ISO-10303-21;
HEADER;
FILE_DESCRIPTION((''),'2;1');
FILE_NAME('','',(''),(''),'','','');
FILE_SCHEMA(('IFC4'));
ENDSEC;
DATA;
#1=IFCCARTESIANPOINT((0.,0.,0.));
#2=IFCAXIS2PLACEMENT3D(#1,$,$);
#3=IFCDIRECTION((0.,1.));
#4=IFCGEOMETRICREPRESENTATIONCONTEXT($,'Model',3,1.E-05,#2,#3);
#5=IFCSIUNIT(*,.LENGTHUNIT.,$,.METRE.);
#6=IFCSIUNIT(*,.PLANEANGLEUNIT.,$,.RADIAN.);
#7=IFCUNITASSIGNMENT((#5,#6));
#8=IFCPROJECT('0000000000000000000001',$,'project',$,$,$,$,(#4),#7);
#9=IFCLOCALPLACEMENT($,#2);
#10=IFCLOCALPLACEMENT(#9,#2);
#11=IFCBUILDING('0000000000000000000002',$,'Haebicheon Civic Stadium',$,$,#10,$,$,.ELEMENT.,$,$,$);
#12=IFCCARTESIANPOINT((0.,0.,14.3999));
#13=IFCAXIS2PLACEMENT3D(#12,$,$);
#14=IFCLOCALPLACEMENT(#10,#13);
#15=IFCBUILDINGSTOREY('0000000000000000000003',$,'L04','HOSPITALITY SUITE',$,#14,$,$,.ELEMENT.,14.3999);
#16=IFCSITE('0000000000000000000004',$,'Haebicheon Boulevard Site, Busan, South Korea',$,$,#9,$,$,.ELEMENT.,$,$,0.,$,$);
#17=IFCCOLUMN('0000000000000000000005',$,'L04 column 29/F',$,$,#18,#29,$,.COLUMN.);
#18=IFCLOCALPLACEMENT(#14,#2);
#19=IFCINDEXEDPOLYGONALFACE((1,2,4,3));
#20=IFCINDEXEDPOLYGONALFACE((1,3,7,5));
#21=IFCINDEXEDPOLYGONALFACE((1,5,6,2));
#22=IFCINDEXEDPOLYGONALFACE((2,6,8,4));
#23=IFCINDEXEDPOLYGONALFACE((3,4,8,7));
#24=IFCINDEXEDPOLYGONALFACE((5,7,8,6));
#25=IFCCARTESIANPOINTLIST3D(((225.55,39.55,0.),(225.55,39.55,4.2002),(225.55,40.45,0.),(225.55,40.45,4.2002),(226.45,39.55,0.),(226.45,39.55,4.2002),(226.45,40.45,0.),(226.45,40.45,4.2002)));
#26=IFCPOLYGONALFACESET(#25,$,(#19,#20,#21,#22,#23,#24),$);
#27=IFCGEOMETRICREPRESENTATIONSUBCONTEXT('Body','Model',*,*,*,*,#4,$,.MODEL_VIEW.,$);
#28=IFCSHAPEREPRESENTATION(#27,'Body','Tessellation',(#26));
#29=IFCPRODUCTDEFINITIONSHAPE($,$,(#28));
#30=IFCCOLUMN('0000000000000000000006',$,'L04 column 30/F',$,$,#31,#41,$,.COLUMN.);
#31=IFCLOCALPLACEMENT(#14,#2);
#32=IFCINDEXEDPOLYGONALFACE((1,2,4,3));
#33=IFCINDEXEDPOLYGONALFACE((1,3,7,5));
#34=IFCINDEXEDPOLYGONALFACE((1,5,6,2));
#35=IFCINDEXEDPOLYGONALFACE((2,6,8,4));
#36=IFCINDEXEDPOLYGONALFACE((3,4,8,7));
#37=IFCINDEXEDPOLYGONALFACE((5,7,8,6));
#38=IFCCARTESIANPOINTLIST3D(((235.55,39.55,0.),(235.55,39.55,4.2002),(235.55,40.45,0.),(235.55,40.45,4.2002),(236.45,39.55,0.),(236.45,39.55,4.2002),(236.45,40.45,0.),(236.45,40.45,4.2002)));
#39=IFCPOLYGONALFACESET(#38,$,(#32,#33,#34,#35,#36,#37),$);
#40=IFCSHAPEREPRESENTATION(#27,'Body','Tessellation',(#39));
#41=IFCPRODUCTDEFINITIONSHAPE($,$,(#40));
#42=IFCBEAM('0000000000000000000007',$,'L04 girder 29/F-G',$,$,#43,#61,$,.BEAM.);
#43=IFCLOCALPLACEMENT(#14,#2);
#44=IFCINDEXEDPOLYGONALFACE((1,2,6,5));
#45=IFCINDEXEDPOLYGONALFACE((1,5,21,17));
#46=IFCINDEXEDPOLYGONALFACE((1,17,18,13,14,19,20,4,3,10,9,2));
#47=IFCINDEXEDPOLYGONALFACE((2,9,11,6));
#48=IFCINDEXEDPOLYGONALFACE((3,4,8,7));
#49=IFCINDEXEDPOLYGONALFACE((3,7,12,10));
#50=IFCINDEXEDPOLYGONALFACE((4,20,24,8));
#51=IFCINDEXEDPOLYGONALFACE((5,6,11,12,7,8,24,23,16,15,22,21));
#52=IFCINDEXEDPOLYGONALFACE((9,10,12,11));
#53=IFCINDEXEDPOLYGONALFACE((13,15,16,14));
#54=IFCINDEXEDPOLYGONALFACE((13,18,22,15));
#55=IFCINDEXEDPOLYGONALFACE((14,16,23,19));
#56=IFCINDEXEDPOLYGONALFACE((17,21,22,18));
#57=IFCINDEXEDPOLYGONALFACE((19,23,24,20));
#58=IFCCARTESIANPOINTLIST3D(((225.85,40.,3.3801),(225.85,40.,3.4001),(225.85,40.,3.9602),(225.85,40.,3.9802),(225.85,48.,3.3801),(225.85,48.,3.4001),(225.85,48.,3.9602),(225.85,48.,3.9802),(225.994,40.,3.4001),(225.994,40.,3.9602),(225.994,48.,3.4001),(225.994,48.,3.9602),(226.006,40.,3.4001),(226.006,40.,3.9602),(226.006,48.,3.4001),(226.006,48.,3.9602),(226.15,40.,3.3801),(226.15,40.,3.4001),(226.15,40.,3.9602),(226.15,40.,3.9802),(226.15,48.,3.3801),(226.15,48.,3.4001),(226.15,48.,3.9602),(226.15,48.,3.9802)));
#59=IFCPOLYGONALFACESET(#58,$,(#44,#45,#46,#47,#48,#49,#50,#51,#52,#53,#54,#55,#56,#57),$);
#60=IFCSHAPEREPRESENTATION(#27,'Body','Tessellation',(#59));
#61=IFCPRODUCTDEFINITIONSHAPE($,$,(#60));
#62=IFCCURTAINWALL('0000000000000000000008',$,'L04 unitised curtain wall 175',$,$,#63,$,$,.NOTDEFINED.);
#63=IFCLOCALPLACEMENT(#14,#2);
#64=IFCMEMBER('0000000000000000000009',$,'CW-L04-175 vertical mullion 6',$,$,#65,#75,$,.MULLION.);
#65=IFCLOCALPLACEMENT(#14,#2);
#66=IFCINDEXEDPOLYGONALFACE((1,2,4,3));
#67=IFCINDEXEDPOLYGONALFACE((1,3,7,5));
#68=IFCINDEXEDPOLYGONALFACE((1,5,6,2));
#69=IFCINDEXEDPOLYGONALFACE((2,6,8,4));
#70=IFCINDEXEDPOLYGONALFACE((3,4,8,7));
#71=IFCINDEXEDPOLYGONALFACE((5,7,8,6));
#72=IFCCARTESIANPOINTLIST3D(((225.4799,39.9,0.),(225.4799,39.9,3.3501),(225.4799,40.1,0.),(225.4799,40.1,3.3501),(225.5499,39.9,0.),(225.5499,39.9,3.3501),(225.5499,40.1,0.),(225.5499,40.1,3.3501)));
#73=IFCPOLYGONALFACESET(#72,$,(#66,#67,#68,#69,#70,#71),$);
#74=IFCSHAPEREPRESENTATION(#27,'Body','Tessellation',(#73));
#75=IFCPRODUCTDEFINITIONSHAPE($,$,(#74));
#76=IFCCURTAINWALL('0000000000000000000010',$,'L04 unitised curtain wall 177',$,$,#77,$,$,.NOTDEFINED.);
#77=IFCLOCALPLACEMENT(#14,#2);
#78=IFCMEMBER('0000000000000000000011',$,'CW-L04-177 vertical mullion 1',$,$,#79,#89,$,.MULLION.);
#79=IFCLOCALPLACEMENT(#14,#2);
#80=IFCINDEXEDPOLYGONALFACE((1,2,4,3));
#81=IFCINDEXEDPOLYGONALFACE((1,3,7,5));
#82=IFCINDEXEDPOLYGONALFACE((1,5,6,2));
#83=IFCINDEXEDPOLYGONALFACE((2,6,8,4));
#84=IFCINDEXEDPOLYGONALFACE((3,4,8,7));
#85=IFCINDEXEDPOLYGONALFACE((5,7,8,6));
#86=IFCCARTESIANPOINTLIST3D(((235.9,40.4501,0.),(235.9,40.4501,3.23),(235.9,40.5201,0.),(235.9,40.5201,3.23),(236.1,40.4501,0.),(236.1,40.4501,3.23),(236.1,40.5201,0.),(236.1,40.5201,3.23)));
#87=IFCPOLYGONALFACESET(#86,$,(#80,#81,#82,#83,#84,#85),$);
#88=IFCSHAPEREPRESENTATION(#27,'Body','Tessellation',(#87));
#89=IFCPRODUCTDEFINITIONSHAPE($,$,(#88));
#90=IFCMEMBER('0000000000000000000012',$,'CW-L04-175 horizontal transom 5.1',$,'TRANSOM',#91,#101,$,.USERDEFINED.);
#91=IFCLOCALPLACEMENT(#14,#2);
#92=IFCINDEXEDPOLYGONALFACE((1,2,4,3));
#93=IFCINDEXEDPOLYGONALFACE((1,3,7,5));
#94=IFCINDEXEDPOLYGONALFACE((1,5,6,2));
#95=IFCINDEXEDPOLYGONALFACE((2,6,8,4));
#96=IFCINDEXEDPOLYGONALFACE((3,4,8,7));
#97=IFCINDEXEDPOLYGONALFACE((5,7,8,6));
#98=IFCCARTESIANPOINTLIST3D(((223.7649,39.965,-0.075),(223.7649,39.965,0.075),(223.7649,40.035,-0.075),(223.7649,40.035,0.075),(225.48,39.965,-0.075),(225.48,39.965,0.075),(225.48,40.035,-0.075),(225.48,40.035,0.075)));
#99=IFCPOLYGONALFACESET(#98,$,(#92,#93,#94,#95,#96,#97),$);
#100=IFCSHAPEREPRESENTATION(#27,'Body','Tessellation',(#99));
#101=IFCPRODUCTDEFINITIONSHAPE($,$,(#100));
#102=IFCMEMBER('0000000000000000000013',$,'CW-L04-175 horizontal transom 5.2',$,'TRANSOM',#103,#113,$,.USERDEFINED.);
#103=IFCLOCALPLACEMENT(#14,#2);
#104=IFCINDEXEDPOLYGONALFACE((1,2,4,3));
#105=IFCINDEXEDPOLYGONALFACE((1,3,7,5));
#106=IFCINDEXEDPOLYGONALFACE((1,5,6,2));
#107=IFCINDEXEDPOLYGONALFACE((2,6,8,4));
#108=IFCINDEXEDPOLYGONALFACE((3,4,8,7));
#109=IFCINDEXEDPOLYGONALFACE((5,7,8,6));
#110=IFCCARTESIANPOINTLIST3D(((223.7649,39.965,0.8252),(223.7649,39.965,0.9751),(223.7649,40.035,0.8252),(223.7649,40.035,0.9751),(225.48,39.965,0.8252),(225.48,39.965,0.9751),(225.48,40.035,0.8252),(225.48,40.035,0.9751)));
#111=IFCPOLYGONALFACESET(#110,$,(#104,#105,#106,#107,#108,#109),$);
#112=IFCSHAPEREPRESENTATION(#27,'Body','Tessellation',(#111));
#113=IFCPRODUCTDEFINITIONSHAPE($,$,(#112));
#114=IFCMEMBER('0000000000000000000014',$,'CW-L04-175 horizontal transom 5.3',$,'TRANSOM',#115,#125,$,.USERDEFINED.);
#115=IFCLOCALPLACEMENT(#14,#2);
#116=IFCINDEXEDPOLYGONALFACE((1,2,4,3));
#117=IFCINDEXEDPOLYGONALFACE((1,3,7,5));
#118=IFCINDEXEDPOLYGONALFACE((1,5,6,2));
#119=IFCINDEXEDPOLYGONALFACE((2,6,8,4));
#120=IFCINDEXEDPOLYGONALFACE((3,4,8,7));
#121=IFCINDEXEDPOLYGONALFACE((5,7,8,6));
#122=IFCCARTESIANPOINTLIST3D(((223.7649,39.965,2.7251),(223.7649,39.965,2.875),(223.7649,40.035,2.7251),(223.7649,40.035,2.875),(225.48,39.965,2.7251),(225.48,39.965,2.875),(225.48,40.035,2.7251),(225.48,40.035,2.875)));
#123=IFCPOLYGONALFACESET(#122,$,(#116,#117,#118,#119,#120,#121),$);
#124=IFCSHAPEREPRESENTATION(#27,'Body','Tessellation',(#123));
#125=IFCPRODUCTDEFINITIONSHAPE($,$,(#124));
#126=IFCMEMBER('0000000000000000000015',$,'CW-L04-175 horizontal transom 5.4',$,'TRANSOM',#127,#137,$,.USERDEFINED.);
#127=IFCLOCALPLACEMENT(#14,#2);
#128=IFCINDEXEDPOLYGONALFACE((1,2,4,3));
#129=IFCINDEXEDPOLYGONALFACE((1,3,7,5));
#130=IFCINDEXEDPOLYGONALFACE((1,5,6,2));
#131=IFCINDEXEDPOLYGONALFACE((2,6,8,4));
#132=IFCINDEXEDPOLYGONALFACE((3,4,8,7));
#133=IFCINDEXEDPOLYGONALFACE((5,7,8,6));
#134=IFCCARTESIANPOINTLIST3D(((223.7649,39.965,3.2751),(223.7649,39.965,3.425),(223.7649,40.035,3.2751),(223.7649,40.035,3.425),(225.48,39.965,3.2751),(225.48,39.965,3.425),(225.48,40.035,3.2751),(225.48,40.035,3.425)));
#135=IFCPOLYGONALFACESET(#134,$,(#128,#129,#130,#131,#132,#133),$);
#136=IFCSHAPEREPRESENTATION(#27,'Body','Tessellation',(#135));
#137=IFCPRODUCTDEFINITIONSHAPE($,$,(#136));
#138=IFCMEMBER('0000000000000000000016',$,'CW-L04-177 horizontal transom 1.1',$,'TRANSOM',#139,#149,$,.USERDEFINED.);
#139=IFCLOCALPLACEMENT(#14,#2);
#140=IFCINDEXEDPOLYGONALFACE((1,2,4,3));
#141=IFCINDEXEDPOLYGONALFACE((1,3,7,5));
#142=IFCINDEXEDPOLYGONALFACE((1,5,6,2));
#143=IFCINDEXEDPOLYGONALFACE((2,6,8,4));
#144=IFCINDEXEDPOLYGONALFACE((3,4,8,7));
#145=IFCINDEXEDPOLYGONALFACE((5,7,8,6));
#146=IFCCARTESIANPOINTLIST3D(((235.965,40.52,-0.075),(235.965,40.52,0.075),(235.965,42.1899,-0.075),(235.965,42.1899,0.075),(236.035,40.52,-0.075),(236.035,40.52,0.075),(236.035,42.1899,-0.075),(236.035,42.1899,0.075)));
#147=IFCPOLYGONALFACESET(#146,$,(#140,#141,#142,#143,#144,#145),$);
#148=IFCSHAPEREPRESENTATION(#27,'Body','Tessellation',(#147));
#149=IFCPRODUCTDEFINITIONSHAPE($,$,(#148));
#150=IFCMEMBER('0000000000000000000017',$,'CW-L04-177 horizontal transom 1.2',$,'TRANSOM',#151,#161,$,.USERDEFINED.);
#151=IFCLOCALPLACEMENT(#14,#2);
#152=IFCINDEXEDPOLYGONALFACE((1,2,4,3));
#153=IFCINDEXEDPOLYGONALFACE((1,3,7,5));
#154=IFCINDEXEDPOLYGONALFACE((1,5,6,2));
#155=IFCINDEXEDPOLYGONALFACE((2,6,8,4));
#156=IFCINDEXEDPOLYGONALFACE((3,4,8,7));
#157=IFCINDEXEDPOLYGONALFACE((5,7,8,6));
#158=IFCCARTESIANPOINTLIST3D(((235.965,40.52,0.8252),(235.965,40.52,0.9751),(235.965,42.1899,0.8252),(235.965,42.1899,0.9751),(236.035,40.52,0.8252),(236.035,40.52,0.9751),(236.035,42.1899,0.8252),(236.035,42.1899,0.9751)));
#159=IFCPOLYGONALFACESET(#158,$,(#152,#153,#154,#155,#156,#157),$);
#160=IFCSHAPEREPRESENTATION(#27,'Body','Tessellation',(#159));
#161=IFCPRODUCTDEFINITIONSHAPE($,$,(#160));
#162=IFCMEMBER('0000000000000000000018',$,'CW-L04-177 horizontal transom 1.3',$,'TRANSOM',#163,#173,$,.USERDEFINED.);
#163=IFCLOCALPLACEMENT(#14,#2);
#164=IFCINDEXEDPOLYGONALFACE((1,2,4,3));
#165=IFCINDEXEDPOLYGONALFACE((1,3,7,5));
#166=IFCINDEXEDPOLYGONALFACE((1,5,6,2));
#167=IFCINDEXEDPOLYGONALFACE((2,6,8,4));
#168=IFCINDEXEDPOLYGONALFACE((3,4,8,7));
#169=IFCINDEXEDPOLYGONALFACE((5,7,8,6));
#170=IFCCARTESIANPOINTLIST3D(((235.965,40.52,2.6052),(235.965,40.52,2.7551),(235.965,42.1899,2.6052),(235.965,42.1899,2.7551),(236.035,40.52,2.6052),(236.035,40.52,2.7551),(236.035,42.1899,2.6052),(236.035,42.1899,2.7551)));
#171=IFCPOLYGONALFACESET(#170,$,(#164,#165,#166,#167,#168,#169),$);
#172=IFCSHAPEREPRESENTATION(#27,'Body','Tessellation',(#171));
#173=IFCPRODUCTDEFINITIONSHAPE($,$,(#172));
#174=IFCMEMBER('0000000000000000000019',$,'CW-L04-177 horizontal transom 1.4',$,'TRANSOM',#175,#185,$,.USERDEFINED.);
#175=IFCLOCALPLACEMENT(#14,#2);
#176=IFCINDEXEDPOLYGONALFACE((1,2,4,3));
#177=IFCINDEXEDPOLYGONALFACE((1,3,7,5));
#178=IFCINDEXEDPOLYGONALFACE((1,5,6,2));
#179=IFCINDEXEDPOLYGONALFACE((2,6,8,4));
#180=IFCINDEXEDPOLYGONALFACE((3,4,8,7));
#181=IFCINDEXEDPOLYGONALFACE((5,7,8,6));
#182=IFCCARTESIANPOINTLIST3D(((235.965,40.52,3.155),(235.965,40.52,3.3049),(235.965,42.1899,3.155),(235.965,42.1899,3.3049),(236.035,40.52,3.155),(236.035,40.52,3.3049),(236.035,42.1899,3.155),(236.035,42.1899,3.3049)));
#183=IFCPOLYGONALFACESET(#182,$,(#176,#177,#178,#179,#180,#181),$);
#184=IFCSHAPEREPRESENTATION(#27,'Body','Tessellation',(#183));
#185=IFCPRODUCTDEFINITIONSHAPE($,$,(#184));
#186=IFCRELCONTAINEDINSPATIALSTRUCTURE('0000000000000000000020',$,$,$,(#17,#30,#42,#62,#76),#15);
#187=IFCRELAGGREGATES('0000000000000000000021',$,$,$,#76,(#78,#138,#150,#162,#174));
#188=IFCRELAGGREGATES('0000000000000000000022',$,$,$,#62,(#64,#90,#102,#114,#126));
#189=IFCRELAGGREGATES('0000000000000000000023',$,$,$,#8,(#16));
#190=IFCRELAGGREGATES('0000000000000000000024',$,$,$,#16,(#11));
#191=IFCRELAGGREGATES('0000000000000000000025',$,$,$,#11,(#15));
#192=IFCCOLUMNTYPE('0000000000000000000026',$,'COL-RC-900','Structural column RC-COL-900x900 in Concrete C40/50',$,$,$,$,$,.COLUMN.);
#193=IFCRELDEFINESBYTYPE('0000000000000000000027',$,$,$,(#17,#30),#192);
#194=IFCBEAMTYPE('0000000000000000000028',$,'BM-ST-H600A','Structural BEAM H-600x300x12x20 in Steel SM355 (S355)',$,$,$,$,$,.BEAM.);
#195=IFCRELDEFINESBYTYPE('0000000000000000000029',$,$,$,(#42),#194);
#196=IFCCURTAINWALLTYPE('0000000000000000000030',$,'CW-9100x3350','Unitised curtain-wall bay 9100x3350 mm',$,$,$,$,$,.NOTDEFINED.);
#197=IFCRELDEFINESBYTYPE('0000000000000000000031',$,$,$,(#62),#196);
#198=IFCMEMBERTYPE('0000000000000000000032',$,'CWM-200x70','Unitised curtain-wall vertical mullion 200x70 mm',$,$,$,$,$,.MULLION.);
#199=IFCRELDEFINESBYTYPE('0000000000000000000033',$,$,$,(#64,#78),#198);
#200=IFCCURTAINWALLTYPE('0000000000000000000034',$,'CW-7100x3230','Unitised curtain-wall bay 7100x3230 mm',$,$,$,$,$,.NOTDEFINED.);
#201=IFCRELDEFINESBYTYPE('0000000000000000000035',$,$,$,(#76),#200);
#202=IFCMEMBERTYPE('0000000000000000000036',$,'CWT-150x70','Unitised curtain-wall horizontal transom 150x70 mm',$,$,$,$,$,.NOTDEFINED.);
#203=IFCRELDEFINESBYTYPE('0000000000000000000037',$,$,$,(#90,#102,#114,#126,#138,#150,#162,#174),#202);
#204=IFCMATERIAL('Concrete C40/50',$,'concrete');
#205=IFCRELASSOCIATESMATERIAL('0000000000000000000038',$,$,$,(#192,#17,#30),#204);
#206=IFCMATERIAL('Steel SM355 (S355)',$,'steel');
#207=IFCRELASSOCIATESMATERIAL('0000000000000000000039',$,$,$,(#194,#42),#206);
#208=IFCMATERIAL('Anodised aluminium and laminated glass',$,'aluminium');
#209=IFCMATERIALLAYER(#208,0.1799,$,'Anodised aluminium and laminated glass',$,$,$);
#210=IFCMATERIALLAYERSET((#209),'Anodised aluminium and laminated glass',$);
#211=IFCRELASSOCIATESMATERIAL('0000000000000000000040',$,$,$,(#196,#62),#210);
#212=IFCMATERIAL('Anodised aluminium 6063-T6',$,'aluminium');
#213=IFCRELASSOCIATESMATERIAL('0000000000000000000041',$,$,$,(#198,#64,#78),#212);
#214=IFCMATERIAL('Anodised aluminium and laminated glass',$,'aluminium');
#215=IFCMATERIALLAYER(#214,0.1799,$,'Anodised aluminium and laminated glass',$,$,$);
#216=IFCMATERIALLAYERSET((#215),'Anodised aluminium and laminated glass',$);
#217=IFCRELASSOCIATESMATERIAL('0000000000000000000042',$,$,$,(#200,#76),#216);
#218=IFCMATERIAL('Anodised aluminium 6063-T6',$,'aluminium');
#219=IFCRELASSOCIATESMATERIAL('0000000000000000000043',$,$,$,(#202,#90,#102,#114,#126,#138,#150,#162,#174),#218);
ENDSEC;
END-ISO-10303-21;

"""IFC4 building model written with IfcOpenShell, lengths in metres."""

from ifc_helpers import new_model, si_unit, direction, frame, origin, origin_2d, place, context, subcontext, project, spatial, rectangle, i_section, extrude, material, layer, layer_set, material_profile, profile_set, type_object, element, aggregate, save


model = new_model("IFC4")

# Units and contexts
model_context = context("Model", 3, precision=1e-05, world=origin(), true_north=direction((0.0, 1.0)))
body_context = subcontext(model_context, "Body", "Model", "MODEL_VIEW")
ifc_project = project(units=[si_unit("LENGTHUNIT", "METRE"), si_unit("PLANEANGLEUNIT", "RADIAN")], contexts=[model_context])

# Site, building, storey
site_placement = place(None, origin())
site = spatial("IfcSite", under=ifc_project, at=site_placement, Name="Haebicheon Boulevard Site, Busan, South Korea", CompositionType="ELEMENT", RefElevation=0.0)
building_placement = place(site_placement, origin())
building = spatial("IfcBuilding", under=site, at=building_placement, Name="Haebicheon Civic Stadium", CompositionType="ELEMENT")
storey_placement = place(building_placement, frame((0.0, 0.0, 14.3999)))
storey = spatial("IfcBuildingStorey", under=building, at=storey_placement, Name="L04", Description="HOSPITALITY SUITE", CompositionType="ELEMENT", Elevation=14.3999)

# Columns
ifc_material_1 = material(Name="Concrete C40/50", Category="concrete")
ifc_material_profile_1 = material_profile(ifc_material_1, rectangle(XDim=0.8999, YDim=0.8999, at=origin_2d()), Name="RC-COL-900x900")
ifc_profile_set_1 = profile_set([ifc_material_profile_1], Name="Concrete C40/50")
column_type = type_object("IfcColumnType", Name="COL-RC-900", Description="Structural column RC-COL-900x900 in Concrete C40/50", PredefinedType="COLUMN", material=ifc_profile_set_1)
for number, where, z_axis, x_axis, name in (
    (1, (226.0, 40.0, 0.0), (0.0, 0.0, 1.0), (1.0, 0.0, 0.0), "L04 column 29/F"),
    (2, (236.0, 40.0, 0.0), (0.0, 0.0, 1.0), (1.0, 0.0, 0.0), "L04 column 30/F"),
):
    element("IfcColumn", number, at=place(storey_placement, frame(where, z_axis=z_axis, x_axis=x_axis)), inside=storey, type_object=column_type, material=ifc_profile_set_1, Name=name, PredefinedType="COLUMN", context=body_context, shape_type="SweptSolid", body=[
        extrude(rectangle(XDim=0.8999, YDim=0.8999, at=origin_2d()), origin(), (0.0, 0.0, 1.0), 4.2002),
    ])

# Beam
ifc_material_2 = material(Name="Steel SM355 (S355)", Category="steel")
ifc_material_profile_2 = material_profile(ifc_material_2, i_section(OverallWidth=0.3, OverallDepth=0.6001, WebThickness=0.012, FlangeThickness=0.02, at=origin_2d()), Name="H-600x300x12x20")
ifc_profile_set_2 = profile_set([ifc_material_profile_2], Name="Steel SM355 (S355)")
beam_type_1 = type_object("IfcBeamType", Name="BM-ST-H600A", Description="Structural BEAM H-600x300x12x20 in Steel SM355 (S355)", PredefinedType="BEAM", material=ifc_profile_set_2)
beam_1_placement = place(storey_placement, frame((226.0, 40.0, 3.6802), z_axis=(0.0, 1.0, 0.0), x_axis=(-1.0, 0.0, 0.0)))
element("IfcBeam", 3, at=beam_1_placement, inside=storey, type_object=beam_type_1, material=ifc_profile_set_2, Name="L04 girder 29/F-G", PredefinedType="BEAM", context=body_context, shape_type="SweptSolid", body=[
    extrude(i_section(OverallWidth=0.3, OverallDepth=0.6001, WebThickness=0.012, FlangeThickness=0.02, at=origin_2d()), origin(), (0.0, 0.0, 1.0), 8.0),
])

# Curtain walls, members
ifc_material_3 = material(Name="Anodised aluminium and laminated glass", Category="aluminium")
ifc_layer_1 = layer(ifc_material_3, 0.1799, Name="Anodised aluminium and laminated glass")
ifc_layer_set_1 = layer_set([ifc_layer_1], Name="Anodised aluminium and laminated glass")
curtain_wall_type_1 = type_object("IfcCurtainWallType", Name="CW-9100x3350", Description="Unitised curtain-wall bay 9100x3350 mm", PredefinedType="NOTDEFINED", material=ifc_layer_set_1)
curtain_wall_1_placement = place(storey_placement, origin())
curtain_wall_1 = element("IfcCurtainWall", 4, at=curtain_wall_1_placement, inside=storey, type_object=curtain_wall_type_1, material=ifc_layer_set_1, Name="L04 unitised curtain wall 175", PredefinedType="NOTDEFINED")
ifc_material_4 = material(Name="Anodised aluminium 6063-T6", Category="aluminium")
ifc_material_profile_3 = material_profile(ifc_material_4, rectangle(XDim=0.0701, YDim=0.2, at=origin_2d()), Name="ALU-MULL-70x200")
ifc_profile_set_3 = profile_set([ifc_material_profile_3], Name="Anodised aluminium 6063-T6")
member_type_1 = type_object("IfcMemberType", Name="CWM-200x70", Description="Unitised curtain-wall vertical mullion 200x70 mm", PredefinedType="MULLION", material=ifc_profile_set_3)
member_1_placement = place(storey_placement, frame((225.5149, 40.0, 0.0), z_axis=(0.0, 0.0, 1.0), x_axis=(1.0, 0.0, 0.0)))
member_1 = element("IfcMember", 5, at=member_1_placement, type_object=member_type_1, material=ifc_profile_set_3, Name="CW-L04-175 vertical mullion 6", PredefinedType="MULLION", context=body_context, shape_type="SweptSolid", body=[
    extrude(rectangle(XDim=0.0701, YDim=0.2, at=origin_2d()), origin(), (0.0, 0.0, 1.0), 3.3501),
])
ifc_material_5 = material(Name="Anodised aluminium and laminated glass", Category="aluminium")
ifc_layer_2 = layer(ifc_material_5, 0.1799, Name="Anodised aluminium and laminated glass")
ifc_layer_set_2 = layer_set([ifc_layer_2], Name="Anodised aluminium and laminated glass")
curtain_wall_type_2 = type_object("IfcCurtainWallType", Name="CW-7100x3230", Description="Unitised curtain-wall bay 7100x3230 mm", PredefinedType="NOTDEFINED", material=ifc_layer_set_2)
curtain_wall_2_placement = place(storey_placement, origin())
curtain_wall_2 = element("IfcCurtainWall", 6, at=curtain_wall_2_placement, inside=storey, type_object=curtain_wall_type_2, material=ifc_layer_set_2, Name="L04 unitised curtain wall 177", PredefinedType="NOTDEFINED")
member_2_placement = place(storey_placement, frame((236.0, 40.4851, 0.0), z_axis=(0.0, 0.0, 1.0), x_axis=(0.0, 1.0, 0.0)))
member_2 = element("IfcMember", 7, at=member_2_placement, type_object=member_type_1, material=ifc_profile_set_3, Name="CW-L04-177 vertical mullion 1", PredefinedType="MULLION", context=body_context, shape_type="SweptSolid", body=[
    extrude(rectangle(XDim=0.0701, YDim=0.2, at=origin_2d()), origin(), (0.0, 0.0, 1.0), 3.23),
])

# Members
ifc_material_6 = material(Name="Anodised aluminium 6063-T6", Category="aluminium")
ifc_material_profile_4 = material_profile(ifc_material_6, rectangle(XDim=0.0701, YDim=0.1499, at=origin_2d()), Name="ALU-TRAN-70x150")
ifc_profile_set_4 = profile_set([ifc_material_profile_4], Name="Anodised aluminium 6063-T6")
member_type_2 = type_object("IfcMemberType", Name="CWT-150x70", Description="Unitised curtain-wall horizontal transom 150x70 mm", PredefinedType="NOTDEFINED", material=ifc_profile_set_4)
member_3_placement = place(storey_placement, frame((223.7649, 40.0, 0.0), z_axis=(1.0, 0.0, 0.0), x_axis=(0.0, 1.0, 0.0)))
member_3 = element("IfcMember", 8, at=member_3_placement, type_object=member_type_2, material=ifc_profile_set_4, Name="CW-L04-175 horizontal transom 5.1", ObjectType="TRANSOM", PredefinedType="USERDEFINED", context=body_context, shape_type="SweptSolid", body=[
    extrude(rectangle(XDim=0.0701, YDim=0.1499, at=origin_2d()), origin(), (0.0, 0.0, 1.0), 1.7151),
])
member_4_placement = place(storey_placement, frame((223.7649, 40.0, 0.9001), z_axis=(1.0, 0.0, 0.0), x_axis=(0.0, 1.0, 0.0)))
member_4 = element("IfcMember", 9, at=member_4_placement, type_object=member_type_2, material=ifc_profile_set_4, Name="CW-L04-175 horizontal transom 5.2", ObjectType="TRANSOM", PredefinedType="USERDEFINED", context=body_context, shape_type="SweptSolid", body=[
    extrude(rectangle(XDim=0.0701, YDim=0.1499, at=origin_2d()), origin(), (0.0, 0.0, 1.0), 1.7151),
])
member_5_placement = place(storey_placement, frame((223.7649, 40.0, 2.8), z_axis=(1.0, 0.0, 0.0), x_axis=(0.0, 1.0, 0.0)))
member_5 = element("IfcMember", 10, at=member_5_placement, type_object=member_type_2, material=ifc_profile_set_4, Name="CW-L04-175 horizontal transom 5.3", ObjectType="TRANSOM", PredefinedType="USERDEFINED", context=body_context, shape_type="SweptSolid", body=[
    extrude(rectangle(XDim=0.0701, YDim=0.1499, at=origin_2d()), origin(), (0.0, 0.0, 1.0), 1.7151),
])
member_6_placement = place(storey_placement, frame((223.7649, 40.0, 3.3501), z_axis=(1.0, 0.0, 0.0), x_axis=(0.0, 1.0, 0.0)))
member_6 = element("IfcMember", 11, at=member_6_placement, type_object=member_type_2, material=ifc_profile_set_4, Name="CW-L04-175 horizontal transom 5.4", ObjectType="TRANSOM", PredefinedType="USERDEFINED", context=body_context, shape_type="SweptSolid", body=[
    extrude(rectangle(XDim=0.0701, YDim=0.1499, at=origin_2d()), origin(), (0.0, 0.0, 1.0), 1.7151),
])
member_7_placement = place(storey_placement, frame((236.0, 40.52, 0.0), z_axis=(0.0, 1.0, 0.0), x_axis=(-1.0, 0.0, 0.0)))
member_7 = element("IfcMember", 12, at=member_7_placement, type_object=member_type_2, material=ifc_profile_set_4, Name="CW-L04-177 horizontal transom 1.1", ObjectType="TRANSOM", PredefinedType="USERDEFINED", context=body_context, shape_type="SweptSolid", body=[
    extrude(rectangle(XDim=0.0701, YDim=0.1499, at=origin_2d()), origin(), (0.0, 0.0, 1.0), 1.6699),
])
member_8_placement = place(storey_placement, frame((236.0, 40.52, 0.9001), z_axis=(0.0, 1.0, 0.0), x_axis=(-1.0, 0.0, 0.0)))
member_8 = element("IfcMember", 13, at=member_8_placement, type_object=member_type_2, material=ifc_profile_set_4, Name="CW-L04-177 horizontal transom 1.2", ObjectType="TRANSOM", PredefinedType="USERDEFINED", context=body_context, shape_type="SweptSolid", body=[
    extrude(rectangle(XDim=0.0701, YDim=0.1499, at=origin_2d()), origin(), (0.0, 0.0, 1.0), 1.6699),
])
member_9_placement = place(storey_placement, frame((236.0, 40.52, 2.6802), z_axis=(0.0, 1.0, 0.0), x_axis=(-1.0, 0.0, 0.0)))
member_9 = element("IfcMember", 14, at=member_9_placement, type_object=member_type_2, material=ifc_profile_set_4, Name="CW-L04-177 horizontal transom 1.3", ObjectType="TRANSOM", PredefinedType="USERDEFINED", context=body_context, shape_type="SweptSolid", body=[
    extrude(rectangle(XDim=0.0701, YDim=0.1499, at=origin_2d()), origin(), (0.0, 0.0, 1.0), 1.6699),
])
member_10_placement = place(storey_placement, frame((236.0, 40.52, 3.23), z_axis=(0.0, 1.0, 0.0), x_axis=(-1.0, 0.0, 0.0)))
member_10 = element("IfcMember", 15, at=member_10_placement, type_object=member_type_2, material=ifc_profile_set_4, Name="CW-L04-177 horizontal transom 1.4", ObjectType="TRANSOM", PredefinedType="USERDEFINED", context=body_context, shape_type="SweptSolid", body=[
    extrude(rectangle(XDim=0.0701, YDim=0.1499, at=origin_2d()), origin(), (0.0, 0.0, 1.0), 1.6699),
])
aggregate(curtain_wall_2, [member_2, member_7, member_8, member_9, member_10])

aggregate(curtain_wall_1, [member_1, member_3, member_4, member_5, member_6])

save(model, "model.ifc")
